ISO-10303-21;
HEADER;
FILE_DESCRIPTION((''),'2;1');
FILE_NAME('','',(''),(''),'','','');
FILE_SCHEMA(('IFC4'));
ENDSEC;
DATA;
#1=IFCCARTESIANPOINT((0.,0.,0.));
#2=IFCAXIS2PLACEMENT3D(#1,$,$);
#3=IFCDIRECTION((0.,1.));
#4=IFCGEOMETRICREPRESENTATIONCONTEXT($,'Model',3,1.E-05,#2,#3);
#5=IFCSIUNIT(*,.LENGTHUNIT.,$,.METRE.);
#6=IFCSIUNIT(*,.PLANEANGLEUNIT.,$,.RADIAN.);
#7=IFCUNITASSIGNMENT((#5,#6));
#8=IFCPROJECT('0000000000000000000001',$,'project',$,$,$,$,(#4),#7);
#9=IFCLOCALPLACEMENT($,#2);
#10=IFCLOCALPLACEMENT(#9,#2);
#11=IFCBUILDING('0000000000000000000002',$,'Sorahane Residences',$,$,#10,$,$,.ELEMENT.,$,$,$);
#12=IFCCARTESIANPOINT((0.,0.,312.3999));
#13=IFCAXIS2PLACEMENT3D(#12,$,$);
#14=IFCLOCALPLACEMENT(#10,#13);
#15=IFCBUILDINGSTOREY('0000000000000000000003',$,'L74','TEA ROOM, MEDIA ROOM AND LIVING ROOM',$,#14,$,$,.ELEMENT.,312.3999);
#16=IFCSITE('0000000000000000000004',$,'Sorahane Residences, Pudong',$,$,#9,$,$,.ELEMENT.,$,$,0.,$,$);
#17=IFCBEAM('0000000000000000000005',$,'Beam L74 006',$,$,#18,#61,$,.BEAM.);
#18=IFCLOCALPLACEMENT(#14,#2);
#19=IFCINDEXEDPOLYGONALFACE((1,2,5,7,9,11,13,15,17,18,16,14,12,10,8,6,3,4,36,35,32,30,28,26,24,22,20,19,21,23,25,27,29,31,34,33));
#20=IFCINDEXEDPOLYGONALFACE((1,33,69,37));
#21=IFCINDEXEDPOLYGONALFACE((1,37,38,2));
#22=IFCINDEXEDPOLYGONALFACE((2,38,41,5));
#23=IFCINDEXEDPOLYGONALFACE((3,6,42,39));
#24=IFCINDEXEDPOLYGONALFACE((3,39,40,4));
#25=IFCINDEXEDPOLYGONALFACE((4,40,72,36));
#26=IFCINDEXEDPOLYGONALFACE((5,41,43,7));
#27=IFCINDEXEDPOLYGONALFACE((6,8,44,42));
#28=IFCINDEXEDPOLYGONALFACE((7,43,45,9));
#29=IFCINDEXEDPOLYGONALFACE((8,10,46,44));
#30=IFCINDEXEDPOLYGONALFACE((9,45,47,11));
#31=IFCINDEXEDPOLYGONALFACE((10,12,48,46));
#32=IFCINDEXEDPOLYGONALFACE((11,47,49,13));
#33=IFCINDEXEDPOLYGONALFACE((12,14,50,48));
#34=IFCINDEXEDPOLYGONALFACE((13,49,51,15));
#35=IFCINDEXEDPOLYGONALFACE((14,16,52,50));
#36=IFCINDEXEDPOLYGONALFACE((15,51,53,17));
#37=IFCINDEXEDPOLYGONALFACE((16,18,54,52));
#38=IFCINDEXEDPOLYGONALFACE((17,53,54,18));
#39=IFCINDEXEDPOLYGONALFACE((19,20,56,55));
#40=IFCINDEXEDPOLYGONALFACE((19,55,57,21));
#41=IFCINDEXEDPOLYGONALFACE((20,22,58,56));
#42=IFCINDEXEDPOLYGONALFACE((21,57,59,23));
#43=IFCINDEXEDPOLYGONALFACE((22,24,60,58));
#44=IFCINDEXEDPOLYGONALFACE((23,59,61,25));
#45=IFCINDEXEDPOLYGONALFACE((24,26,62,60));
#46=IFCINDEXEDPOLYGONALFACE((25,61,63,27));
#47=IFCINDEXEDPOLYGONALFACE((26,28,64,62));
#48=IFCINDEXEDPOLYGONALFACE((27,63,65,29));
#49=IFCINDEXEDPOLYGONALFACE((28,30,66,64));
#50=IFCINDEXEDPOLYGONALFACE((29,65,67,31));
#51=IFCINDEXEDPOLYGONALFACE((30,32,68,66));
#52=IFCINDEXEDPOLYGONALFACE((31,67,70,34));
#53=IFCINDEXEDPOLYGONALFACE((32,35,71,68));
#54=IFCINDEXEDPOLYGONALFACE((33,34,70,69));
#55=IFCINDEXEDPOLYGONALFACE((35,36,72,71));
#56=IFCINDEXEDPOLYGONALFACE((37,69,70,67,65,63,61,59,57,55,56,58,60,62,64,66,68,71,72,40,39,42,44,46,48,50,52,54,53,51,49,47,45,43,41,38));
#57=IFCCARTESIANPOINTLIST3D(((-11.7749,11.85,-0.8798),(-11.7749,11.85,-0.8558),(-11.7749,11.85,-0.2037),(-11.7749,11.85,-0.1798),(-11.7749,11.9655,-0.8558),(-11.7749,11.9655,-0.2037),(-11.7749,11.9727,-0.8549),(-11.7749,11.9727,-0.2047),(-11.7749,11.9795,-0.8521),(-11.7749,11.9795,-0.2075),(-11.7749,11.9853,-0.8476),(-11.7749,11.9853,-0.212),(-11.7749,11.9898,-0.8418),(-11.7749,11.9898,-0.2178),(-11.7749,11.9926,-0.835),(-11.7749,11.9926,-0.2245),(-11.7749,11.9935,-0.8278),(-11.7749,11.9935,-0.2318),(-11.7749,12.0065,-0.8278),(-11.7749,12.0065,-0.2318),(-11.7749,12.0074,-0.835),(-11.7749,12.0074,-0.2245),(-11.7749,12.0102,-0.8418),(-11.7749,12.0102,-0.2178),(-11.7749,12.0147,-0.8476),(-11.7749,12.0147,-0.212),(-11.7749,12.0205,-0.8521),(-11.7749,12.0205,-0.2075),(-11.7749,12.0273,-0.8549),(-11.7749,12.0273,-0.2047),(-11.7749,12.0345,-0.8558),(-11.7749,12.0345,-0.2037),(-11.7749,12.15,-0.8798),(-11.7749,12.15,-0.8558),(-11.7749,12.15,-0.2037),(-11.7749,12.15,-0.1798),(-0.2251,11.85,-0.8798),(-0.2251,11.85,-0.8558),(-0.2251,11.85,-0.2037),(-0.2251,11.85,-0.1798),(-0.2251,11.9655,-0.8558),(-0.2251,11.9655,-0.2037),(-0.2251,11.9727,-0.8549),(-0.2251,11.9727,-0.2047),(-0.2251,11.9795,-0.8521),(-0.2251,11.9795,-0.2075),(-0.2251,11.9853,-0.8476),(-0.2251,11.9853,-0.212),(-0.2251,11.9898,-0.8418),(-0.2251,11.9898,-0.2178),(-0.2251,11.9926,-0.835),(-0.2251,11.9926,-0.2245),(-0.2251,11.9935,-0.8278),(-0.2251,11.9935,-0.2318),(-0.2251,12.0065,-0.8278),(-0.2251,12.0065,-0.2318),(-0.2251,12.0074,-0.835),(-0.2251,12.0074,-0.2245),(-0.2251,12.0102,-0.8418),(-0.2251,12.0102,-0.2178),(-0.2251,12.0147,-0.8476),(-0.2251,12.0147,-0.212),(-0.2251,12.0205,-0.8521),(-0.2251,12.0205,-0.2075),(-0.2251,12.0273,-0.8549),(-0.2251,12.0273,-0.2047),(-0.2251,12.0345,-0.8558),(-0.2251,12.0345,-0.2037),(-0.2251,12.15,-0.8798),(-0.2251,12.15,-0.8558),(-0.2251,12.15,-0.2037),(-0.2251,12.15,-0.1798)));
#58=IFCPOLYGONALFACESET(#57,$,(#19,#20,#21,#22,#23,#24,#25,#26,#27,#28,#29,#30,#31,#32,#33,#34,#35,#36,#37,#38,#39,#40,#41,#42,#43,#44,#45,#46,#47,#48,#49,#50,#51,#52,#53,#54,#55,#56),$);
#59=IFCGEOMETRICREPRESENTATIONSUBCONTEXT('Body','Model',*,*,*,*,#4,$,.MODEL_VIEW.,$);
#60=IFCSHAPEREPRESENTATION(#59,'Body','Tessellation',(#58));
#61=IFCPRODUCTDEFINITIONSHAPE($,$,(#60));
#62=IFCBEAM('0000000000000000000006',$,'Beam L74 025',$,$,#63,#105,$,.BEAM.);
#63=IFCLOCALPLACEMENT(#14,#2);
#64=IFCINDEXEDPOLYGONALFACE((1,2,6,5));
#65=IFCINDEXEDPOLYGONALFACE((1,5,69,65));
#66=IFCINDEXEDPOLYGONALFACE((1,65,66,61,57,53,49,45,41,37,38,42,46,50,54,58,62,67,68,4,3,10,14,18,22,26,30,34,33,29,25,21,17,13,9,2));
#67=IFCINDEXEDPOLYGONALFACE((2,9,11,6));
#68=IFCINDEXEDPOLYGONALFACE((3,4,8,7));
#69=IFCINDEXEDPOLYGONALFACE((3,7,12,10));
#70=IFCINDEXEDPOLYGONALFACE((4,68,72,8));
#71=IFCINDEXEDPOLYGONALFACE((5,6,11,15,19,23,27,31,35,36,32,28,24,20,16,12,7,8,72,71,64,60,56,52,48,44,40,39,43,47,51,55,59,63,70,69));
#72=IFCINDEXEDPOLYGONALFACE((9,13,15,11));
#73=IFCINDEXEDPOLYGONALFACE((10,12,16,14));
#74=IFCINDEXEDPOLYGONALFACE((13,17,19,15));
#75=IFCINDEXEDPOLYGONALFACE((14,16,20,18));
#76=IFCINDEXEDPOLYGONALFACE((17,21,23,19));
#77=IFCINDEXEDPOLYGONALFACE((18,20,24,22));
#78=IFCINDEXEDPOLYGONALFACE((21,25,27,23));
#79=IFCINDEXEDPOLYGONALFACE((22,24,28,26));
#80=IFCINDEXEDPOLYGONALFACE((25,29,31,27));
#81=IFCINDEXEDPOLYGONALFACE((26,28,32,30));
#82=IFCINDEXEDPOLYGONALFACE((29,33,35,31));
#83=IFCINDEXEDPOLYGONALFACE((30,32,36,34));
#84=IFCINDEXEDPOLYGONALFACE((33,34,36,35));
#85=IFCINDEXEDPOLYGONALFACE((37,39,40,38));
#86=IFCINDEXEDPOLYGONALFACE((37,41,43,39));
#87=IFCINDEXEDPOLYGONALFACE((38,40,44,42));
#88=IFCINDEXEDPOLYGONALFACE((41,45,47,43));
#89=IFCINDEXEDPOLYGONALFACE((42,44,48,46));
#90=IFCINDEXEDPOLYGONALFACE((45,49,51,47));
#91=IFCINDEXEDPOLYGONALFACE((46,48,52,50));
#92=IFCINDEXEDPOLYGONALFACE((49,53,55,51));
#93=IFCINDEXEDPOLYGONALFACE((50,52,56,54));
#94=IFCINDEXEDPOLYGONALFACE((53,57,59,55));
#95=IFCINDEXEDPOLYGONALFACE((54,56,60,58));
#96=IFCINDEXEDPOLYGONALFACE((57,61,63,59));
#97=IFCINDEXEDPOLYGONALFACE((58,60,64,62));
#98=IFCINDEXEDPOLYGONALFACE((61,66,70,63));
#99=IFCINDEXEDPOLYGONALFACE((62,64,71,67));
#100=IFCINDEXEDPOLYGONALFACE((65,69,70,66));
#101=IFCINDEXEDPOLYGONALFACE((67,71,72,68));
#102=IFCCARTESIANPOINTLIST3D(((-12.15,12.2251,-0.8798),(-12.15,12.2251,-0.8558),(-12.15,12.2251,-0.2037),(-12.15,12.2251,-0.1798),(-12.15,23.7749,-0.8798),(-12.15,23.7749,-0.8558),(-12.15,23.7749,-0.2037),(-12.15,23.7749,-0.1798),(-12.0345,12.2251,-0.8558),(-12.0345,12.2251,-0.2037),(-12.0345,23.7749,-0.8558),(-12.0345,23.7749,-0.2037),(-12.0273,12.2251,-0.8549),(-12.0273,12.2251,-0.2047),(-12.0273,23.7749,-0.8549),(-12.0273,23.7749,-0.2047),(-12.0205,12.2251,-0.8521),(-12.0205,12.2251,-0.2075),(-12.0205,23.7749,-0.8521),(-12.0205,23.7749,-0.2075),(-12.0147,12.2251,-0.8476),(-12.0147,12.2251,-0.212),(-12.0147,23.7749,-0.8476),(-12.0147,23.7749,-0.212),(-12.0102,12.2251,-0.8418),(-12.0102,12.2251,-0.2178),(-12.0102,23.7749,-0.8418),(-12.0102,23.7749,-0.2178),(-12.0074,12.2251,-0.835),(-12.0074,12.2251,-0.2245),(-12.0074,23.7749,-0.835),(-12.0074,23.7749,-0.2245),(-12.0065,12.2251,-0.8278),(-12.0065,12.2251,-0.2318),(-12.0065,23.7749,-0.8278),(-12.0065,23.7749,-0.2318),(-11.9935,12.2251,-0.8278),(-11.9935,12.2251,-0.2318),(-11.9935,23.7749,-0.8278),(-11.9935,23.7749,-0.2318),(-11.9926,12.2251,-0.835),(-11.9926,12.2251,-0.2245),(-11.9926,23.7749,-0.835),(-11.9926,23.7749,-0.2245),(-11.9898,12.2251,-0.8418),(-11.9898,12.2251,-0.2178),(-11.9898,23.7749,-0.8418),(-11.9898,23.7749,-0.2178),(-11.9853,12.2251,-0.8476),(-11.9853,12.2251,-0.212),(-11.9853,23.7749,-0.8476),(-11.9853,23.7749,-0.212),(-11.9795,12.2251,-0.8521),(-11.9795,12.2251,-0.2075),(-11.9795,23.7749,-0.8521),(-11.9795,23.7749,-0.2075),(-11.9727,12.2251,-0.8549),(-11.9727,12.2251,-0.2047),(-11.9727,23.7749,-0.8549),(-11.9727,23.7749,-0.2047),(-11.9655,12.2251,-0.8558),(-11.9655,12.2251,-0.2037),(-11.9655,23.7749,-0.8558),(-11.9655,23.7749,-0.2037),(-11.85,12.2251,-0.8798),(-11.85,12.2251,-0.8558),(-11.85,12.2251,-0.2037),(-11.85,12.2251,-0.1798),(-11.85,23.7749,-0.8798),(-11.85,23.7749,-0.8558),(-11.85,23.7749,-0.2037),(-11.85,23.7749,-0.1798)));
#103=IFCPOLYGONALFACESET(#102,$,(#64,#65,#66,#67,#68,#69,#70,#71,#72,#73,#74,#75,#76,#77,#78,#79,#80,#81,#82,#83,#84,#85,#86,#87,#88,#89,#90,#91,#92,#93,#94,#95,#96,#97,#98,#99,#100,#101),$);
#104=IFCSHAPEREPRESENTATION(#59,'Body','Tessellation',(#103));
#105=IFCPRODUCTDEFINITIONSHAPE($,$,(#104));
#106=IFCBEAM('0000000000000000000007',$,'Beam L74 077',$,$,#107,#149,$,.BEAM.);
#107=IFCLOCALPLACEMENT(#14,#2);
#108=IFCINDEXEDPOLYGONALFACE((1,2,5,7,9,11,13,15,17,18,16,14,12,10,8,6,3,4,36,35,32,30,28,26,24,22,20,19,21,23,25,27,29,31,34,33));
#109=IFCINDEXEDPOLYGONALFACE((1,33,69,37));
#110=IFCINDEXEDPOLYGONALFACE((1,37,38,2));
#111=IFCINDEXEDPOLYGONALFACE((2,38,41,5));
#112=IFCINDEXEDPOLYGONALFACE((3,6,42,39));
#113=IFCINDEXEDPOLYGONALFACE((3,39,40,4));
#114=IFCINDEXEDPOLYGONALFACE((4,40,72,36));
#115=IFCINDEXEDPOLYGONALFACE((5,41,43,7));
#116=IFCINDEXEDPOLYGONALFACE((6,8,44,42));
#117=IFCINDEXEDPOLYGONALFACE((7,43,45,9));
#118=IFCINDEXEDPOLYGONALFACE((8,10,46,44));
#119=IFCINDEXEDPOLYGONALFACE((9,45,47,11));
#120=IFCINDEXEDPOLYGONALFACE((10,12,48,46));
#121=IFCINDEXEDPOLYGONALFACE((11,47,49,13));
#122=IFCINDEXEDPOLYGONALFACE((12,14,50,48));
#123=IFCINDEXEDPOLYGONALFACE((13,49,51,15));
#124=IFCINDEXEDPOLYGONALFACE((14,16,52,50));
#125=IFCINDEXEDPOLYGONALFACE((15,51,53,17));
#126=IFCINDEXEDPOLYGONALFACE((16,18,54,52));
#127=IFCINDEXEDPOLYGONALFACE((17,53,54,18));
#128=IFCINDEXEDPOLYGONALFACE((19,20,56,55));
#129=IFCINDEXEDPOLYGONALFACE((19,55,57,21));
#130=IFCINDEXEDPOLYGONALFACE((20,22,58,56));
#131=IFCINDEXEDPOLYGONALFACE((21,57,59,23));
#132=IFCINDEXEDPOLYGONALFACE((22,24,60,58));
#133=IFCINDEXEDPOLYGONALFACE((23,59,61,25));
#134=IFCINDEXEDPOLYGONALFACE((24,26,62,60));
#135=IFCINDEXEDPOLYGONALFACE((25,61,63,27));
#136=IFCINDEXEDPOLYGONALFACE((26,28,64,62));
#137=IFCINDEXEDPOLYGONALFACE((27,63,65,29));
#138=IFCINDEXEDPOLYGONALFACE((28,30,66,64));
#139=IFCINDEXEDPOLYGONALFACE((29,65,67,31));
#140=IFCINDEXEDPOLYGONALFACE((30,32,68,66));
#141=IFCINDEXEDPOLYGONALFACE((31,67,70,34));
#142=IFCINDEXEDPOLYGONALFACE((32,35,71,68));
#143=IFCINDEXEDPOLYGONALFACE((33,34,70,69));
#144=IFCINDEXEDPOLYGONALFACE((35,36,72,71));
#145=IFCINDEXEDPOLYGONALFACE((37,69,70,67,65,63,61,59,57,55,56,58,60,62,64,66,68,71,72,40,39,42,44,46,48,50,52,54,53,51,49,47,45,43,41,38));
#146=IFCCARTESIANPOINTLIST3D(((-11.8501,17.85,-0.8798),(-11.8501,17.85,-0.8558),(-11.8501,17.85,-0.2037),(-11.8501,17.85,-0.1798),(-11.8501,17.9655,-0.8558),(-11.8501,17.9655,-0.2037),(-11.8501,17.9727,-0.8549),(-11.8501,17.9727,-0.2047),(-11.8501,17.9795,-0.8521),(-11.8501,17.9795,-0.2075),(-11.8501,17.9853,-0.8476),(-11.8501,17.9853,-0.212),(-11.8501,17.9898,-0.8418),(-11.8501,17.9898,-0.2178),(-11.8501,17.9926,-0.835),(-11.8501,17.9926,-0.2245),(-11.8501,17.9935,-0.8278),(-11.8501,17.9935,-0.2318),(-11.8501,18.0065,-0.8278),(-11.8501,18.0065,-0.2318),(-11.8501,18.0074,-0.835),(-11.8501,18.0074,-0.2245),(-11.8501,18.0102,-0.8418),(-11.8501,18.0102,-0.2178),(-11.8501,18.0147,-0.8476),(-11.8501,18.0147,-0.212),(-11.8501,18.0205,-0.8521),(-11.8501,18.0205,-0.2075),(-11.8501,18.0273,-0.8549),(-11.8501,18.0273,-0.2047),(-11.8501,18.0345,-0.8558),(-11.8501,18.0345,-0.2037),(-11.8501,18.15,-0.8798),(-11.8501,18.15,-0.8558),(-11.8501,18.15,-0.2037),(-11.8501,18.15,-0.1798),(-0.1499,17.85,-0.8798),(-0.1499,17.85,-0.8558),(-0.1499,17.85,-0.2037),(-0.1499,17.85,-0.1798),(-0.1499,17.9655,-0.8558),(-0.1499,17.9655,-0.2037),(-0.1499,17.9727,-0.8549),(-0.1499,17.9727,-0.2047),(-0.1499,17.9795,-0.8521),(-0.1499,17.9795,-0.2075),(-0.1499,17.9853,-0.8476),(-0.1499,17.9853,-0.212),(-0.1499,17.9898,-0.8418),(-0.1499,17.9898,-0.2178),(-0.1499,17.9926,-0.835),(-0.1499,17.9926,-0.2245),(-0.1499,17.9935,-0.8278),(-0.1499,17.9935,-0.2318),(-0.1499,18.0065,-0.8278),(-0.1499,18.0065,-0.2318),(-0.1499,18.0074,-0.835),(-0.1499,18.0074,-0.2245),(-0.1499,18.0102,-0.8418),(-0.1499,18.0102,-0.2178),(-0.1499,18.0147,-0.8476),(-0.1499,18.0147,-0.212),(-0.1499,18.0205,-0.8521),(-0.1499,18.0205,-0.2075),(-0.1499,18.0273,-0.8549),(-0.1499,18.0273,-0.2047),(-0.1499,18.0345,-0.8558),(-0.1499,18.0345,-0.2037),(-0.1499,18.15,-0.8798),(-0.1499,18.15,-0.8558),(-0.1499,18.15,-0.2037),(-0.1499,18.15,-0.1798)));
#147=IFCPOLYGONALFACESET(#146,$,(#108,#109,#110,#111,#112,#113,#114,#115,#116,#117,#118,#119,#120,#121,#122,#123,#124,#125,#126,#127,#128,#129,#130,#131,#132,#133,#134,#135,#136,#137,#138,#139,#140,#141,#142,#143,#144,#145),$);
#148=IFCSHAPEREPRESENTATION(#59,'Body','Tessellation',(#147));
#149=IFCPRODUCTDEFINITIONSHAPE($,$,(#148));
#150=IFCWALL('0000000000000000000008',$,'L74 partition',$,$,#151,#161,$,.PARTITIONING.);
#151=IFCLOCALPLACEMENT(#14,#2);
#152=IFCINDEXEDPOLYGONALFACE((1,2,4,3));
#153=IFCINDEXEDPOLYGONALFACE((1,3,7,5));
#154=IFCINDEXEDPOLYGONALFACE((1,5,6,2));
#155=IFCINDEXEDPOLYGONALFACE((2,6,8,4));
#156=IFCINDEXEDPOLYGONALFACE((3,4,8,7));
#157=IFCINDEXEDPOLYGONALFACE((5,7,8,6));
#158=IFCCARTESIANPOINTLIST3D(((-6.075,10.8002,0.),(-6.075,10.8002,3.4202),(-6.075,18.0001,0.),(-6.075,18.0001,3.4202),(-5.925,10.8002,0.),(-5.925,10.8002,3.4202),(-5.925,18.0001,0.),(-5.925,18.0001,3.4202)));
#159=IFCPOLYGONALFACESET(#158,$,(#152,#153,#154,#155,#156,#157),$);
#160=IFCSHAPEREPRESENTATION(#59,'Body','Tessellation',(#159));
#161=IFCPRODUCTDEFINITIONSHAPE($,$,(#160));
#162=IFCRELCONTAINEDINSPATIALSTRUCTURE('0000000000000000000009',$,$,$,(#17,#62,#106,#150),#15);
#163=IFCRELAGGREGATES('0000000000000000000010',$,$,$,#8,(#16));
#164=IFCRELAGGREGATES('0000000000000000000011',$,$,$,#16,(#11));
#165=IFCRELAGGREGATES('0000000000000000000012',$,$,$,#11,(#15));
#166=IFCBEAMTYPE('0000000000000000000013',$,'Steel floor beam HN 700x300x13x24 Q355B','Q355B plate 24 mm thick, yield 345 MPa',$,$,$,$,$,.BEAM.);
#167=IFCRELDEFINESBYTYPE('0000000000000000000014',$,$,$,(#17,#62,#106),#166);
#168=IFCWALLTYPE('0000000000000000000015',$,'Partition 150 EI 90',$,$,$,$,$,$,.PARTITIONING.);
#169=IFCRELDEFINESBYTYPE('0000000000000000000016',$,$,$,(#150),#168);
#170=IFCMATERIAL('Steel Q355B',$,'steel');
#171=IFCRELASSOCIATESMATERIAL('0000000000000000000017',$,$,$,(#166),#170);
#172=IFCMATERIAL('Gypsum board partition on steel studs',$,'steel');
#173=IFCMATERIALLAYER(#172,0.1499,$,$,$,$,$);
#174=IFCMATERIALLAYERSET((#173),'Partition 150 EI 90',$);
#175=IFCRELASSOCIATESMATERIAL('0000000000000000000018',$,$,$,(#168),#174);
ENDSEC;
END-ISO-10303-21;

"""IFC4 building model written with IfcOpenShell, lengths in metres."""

from ifc_helpers import new_model, si_unit, direction, frame, frame_2d, origin, origin_2d, place, context, subcontext, project, spatial, rectangle, i_section, extrude, material, layer, layer_set, material_profile, profile_set, type_object, element, save


model = new_model("IFC4")

# Units and contexts
model_context = context("Model", 3, precision=1e-05, world=origin(), true_north=direction((0.0, 1.0)))
body_context = subcontext(model_context, "Body", "Model", "MODEL_VIEW")
ifc_project = project(units=[si_unit("LENGTHUNIT", "METRE"), si_unit("PLANEANGLEUNIT", "RADIAN")], contexts=[model_context])

# Site, building, storey
site_placement = place(None, origin())
site = spatial("IfcSite", under=ifc_project, at=site_placement, Name="Sorahane Residences, Pudong", CompositionType="ELEMENT", RefElevation=0.0)
building_placement = place(site_placement, origin())
building = spatial("IfcBuilding", under=site, at=building_placement, Name="Sorahane Residences", CompositionType="ELEMENT")
storey_placement = place(building_placement, frame((0.0, 0.0, 312.3999)))
storey = spatial("IfcBuildingStorey", under=building, at=storey_placement, Name="L74", Description="TEA ROOM, MEDIA ROOM AND LIVING ROOM", CompositionType="ELEMENT", Elevation=312.3999)

# Beams
ifc_material_1 = material(Name="Steel Q355B", Category="steel")
ifc_material_profile_1 = material_profile(ifc_material_1, i_section(OverallWidth=0.3, OverallDepth=0.7, WebThickness=0.0129, FlangeThickness=0.0239, FilletRadius=0.0281, at=origin_2d()), Name="HN 700x300x13x24")
ifc_profile_set_1 = profile_set([ifc_material_profile_1], Name="Steel Q355B")
beam_type_1 = type_object("IfcBeamType", Name="Steel floor beam HN 700x300x13x24 Q355B", Description="Q355B plate 24 mm thick, yield 345 MPa", PredefinedType="BEAM", material=ifc_profile_set_1)
for number, where, z_axis, x_axis, name in (
    (1, (-11.7749, 12.0, -0.5298), (1.0, 0.0, 0.0), (0.0, 1.0, 0.0), "Beam L74 006"),
    (2, (-12.0, 12.2251, -0.5298), (0.0, 1.0, 0.0), (-1.0, 0.0, 0.0), "Beam L74 025"),
):
    element("IfcBeam", number, at=place(storey_placement, frame(where, z_axis=z_axis, x_axis=x_axis)), inside=storey, type_object=beam_type_1, Name=name, PredefinedType="BEAM", context=body_context, shape_type="SweptSolid", body=[
        extrude(i_section(OverallWidth=0.3, OverallDepth=0.7, WebThickness=0.0129, FlangeThickness=0.0239, FilletRadius=0.0281, at=origin_2d()), origin(), (0.0, 0.0, 1.0), 11.5498),
    ])
beam_1_placement = place(storey_placement, frame((-11.8501, 18.0, -0.5298), z_axis=(1.0, 0.0, 0.0), x_axis=(0.0, 1.0, 0.0)))
element("IfcBeam", 3, at=beam_1_placement, inside=storey, type_object=beam_type_1, Name="Beam L74 077", PredefinedType="BEAM", context=body_context, shape_type="SweptSolid", body=[
    extrude(i_section(OverallWidth=0.3, OverallDepth=0.7, WebThickness=0.0129, FlangeThickness=0.0239, FilletRadius=0.0281, at=origin_2d()), origin(), (0.0, 0.0, 1.0), 11.7002),
])

# Wall
ifc_material_2 = material(Name="Gypsum board partition on steel studs", Category="steel")
ifc_layer_1 = layer(ifc_material_2, 0.1499)
ifc_layer_set_1 = layer_set([ifc_layer_1], Name="Partition 150 EI 90")
wall_type_1 = type_object("IfcWallType", Name="Partition 150 EI 90", PredefinedType="PARTITIONING", material=ifc_layer_set_1)
wall_1_placement = place(storey_placement, frame((-6.0, 10.8, 0.0), z_axis=(0.0, 0.0, 1.0), x_axis=(0.0, 1.0, 0.0)))
element("IfcWall", 4, at=wall_1_placement, inside=storey, type_object=wall_type_1, Name="L74 partition", PredefinedType="PARTITIONING", context=body_context, shape_type="SweptSolid", body=[
    extrude(rectangle(XDim=7.2, YDim=0.1499, at=frame_2d((3.6001, 0.0))), origin(), (0.0, 0.0, 1.0), 3.4202),
])

save(model, "model.ifc")
